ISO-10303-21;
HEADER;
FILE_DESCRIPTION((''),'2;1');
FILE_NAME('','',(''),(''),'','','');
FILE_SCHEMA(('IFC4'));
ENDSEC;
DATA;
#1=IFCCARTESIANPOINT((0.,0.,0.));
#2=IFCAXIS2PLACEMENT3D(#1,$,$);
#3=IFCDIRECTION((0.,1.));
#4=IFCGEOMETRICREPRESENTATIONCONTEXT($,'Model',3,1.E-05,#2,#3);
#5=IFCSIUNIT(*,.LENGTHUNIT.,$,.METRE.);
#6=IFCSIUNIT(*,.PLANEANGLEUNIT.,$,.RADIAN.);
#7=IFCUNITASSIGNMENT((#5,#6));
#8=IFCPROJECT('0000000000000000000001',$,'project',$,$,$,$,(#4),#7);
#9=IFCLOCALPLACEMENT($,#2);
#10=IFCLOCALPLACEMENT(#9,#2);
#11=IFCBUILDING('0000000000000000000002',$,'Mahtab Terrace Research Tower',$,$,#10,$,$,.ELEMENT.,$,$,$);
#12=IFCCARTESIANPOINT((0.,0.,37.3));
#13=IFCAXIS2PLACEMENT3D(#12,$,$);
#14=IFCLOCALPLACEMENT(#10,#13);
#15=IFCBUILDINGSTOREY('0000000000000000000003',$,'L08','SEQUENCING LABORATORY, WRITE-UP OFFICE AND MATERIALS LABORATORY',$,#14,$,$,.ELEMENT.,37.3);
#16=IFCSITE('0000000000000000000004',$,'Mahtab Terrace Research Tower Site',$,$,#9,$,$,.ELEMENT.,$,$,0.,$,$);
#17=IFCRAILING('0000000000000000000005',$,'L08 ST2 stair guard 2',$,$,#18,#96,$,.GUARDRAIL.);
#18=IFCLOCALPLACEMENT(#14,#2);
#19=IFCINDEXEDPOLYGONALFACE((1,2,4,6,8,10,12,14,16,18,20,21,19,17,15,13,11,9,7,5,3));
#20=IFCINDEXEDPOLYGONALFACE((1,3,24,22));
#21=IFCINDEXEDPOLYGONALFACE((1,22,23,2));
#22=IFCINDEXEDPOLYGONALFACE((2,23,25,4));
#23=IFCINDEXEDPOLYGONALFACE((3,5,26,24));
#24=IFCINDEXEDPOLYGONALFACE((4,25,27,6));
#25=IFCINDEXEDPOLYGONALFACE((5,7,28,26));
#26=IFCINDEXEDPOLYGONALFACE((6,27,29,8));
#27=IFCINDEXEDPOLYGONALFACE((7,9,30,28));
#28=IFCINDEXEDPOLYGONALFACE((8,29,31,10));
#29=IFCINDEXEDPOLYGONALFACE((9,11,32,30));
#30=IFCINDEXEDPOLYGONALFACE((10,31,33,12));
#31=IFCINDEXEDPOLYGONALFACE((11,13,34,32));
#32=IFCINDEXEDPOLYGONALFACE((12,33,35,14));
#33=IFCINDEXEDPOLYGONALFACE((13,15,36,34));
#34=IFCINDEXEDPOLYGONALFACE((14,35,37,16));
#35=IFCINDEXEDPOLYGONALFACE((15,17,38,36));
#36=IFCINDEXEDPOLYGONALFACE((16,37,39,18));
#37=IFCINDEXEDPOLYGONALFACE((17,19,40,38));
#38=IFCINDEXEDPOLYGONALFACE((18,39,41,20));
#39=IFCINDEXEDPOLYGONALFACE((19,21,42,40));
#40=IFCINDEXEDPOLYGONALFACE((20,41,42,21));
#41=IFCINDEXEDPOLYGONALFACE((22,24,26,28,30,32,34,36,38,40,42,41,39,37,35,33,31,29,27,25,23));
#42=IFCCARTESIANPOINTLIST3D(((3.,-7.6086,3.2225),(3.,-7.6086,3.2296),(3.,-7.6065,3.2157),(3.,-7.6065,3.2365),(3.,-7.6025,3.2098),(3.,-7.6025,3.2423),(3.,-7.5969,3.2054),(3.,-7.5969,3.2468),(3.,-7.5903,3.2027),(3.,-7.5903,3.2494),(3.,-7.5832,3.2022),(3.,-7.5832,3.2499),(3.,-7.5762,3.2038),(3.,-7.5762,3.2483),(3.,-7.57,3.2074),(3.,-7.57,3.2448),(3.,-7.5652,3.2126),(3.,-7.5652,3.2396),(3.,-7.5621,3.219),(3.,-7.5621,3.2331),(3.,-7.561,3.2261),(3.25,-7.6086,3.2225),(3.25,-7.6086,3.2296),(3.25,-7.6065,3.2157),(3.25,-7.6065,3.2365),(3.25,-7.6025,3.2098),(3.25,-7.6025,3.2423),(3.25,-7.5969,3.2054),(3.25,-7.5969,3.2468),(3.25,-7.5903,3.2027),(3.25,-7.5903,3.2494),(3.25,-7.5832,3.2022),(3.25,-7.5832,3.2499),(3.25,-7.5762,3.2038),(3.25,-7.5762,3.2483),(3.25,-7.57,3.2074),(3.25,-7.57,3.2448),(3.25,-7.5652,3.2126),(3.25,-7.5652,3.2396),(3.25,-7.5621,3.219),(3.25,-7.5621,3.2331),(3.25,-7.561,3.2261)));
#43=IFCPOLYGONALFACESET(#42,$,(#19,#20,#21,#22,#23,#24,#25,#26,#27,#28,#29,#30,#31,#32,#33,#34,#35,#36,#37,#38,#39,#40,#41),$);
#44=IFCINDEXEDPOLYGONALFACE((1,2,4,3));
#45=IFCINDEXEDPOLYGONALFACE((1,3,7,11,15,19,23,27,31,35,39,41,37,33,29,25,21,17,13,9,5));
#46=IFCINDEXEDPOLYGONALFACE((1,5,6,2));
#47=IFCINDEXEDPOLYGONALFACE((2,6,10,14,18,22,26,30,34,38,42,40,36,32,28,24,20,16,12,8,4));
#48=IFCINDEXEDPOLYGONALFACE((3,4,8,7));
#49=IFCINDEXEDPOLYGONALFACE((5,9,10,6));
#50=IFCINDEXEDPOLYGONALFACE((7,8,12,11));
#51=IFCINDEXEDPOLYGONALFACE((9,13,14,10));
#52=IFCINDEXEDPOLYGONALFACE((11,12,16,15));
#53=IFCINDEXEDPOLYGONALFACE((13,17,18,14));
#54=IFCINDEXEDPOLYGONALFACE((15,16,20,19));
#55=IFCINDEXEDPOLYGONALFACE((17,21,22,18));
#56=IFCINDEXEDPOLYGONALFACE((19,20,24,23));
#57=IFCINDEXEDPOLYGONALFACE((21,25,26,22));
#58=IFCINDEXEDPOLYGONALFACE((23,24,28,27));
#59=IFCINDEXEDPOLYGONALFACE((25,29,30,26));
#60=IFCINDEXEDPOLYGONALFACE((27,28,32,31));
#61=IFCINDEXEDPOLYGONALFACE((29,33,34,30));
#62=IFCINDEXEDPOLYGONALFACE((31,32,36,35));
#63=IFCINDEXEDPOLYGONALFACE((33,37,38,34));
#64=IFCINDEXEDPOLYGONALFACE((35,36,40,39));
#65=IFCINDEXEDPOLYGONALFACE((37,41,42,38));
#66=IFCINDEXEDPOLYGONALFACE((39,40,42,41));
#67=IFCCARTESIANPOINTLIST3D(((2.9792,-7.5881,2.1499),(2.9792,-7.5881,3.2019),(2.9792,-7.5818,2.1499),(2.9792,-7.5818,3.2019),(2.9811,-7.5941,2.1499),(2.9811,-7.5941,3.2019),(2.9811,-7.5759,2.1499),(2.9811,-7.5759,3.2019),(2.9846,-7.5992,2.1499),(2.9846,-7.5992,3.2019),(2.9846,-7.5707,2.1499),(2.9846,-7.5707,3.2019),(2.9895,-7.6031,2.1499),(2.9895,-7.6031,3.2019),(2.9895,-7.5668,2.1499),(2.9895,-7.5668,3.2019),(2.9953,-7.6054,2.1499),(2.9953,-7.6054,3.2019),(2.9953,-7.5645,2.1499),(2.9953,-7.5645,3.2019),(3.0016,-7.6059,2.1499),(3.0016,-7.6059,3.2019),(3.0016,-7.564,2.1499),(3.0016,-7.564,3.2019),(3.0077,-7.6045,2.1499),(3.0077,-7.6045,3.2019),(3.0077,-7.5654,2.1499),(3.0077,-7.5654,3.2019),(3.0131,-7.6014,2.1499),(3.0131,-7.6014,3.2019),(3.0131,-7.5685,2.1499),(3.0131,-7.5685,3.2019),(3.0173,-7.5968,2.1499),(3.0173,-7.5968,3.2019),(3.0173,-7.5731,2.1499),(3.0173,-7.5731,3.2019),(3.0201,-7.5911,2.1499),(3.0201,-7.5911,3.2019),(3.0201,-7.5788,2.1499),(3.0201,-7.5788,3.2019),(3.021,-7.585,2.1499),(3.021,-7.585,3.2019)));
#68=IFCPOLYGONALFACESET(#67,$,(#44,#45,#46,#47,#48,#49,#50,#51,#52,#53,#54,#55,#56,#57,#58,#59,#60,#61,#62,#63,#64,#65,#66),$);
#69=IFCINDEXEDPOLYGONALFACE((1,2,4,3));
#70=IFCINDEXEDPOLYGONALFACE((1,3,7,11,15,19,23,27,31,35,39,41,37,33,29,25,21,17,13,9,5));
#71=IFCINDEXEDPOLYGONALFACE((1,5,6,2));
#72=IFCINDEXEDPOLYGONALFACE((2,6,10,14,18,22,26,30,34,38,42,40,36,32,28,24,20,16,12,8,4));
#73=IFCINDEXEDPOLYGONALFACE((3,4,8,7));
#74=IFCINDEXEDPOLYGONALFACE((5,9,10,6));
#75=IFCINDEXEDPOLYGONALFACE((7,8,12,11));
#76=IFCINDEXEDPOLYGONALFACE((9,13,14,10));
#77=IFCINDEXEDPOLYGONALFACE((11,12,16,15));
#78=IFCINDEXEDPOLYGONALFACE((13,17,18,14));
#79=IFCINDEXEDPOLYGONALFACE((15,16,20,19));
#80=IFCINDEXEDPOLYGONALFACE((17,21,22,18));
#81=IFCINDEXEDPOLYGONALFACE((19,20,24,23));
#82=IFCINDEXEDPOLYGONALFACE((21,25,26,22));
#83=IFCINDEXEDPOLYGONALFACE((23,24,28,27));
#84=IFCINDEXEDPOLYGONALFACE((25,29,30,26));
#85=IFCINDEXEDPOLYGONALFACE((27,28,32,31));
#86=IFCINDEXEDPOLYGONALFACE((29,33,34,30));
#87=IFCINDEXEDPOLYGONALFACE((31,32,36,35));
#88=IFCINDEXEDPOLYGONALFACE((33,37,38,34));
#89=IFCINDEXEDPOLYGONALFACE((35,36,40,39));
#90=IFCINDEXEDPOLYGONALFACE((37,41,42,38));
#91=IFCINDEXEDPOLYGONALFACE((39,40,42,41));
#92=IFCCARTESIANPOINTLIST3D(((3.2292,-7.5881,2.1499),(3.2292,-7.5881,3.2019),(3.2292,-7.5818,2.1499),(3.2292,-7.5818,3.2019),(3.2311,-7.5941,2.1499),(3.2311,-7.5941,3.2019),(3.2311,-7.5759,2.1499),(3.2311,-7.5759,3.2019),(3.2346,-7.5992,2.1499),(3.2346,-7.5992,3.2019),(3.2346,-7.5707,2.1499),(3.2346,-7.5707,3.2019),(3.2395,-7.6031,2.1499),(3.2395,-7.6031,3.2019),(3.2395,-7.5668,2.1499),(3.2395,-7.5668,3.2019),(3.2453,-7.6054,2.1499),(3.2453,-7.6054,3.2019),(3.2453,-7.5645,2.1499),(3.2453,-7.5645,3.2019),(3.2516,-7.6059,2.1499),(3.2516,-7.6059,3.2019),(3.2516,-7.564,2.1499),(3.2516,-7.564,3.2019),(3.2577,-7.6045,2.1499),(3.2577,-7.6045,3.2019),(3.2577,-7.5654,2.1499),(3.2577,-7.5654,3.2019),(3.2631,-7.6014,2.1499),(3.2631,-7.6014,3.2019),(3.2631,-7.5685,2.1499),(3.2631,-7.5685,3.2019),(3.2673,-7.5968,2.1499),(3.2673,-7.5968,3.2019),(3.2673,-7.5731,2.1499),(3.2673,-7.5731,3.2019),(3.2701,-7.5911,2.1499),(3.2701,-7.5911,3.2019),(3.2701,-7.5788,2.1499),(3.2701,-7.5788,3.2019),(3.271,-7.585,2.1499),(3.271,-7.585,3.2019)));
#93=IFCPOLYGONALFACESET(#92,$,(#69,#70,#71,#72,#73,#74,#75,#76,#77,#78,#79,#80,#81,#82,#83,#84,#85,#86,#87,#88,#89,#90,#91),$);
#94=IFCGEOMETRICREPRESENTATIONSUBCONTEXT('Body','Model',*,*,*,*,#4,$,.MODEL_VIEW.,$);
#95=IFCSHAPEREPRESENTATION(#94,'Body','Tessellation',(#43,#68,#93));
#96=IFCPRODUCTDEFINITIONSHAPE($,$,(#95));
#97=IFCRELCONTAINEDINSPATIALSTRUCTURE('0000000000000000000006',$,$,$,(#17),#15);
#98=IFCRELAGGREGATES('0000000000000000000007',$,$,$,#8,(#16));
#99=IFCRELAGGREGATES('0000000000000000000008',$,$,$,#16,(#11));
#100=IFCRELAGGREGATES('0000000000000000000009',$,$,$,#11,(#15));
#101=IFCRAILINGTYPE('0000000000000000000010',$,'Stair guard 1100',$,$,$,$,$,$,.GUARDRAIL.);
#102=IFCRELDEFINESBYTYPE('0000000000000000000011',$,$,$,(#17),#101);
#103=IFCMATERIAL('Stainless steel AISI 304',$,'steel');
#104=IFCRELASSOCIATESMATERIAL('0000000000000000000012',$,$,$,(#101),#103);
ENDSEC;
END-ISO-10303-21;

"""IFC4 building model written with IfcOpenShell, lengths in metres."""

from ifc_helpers import new_model, si_unit, direction, frame, origin, origin_2d, place, context, subcontext, project, spatial, circle, extrude, material, type_object, element, save


model = new_model("IFC4")

# Units and contexts
model_context = context("Model", 3, precision=1e-05, world=origin(), true_north=direction((0.0, 1.0)))
body_context = subcontext(model_context, "Body", "Model", "MODEL_VIEW")
ifc_project = project(units=[si_unit("LENGTHUNIT", "METRE"), si_unit("PLANEANGLEUNIT", "RADIAN")], contexts=[model_context])

# Site, building, storey
site_placement = place(None, origin())
site = spatial("IfcSite", under=ifc_project, at=site_placement, Name="Mahtab Terrace Research Tower Site", CompositionType="ELEMENT", RefElevation=0.0)
building_placement = place(site_placement, origin())
building = spatial("IfcBuilding", under=site, at=building_placement, Name="Mahtab Terrace Research Tower", CompositionType="ELEMENT")
storey_placement = place(building_placement, frame((0.0, 0.0, 37.3)))
storey = spatial("IfcBuildingStorey", under=building, at=storey_placement, Name="L08", Description="SEQUENCING LABORATORY, WRITE-UP OFFICE AND MATERIALS LABORATORY", CompositionType="ELEMENT", Elevation=37.3)

# Railing
ifc_material_1 = material(Name="Stainless steel AISI 304", Category="steel")
railing_type_1 = type_object("IfcRailingType", Name="Stair guard 1100", PredefinedType="GUARDRAIL", material=ifc_material_1)
railing_1_placement = place(storey_placement, frame((3.0, -7.585, 2.1499)))
element("IfcRailing", 1, at=railing_1_placement, inside=storey, type_object=railing_type_1, Name="L08 ST2 stair guard 2", PredefinedType="GUARDRAIL", context=body_context, shape_type="SweptSolid", body=[
    extrude(circle(Radius=0.0239, at=origin_2d()), frame((0.0, 0.0, 1.0762), z_axis=(1.0, 0.0, 0.0), x_axis=(0.0, 1.0, 0.0)), (0.0, 0.0, 1.0), 0.25),
    extrude(circle(Radius=0.021, at=origin_2d()), origin(), (0.0, 0.0, 1.0), 1.052),
    extrude(circle(Radius=0.021, at=origin_2d()), frame((0.25, 0.0, 0.0)), (0.0, 0.0, 1.0), 1.052),
])

save(model, "model.ifc")
